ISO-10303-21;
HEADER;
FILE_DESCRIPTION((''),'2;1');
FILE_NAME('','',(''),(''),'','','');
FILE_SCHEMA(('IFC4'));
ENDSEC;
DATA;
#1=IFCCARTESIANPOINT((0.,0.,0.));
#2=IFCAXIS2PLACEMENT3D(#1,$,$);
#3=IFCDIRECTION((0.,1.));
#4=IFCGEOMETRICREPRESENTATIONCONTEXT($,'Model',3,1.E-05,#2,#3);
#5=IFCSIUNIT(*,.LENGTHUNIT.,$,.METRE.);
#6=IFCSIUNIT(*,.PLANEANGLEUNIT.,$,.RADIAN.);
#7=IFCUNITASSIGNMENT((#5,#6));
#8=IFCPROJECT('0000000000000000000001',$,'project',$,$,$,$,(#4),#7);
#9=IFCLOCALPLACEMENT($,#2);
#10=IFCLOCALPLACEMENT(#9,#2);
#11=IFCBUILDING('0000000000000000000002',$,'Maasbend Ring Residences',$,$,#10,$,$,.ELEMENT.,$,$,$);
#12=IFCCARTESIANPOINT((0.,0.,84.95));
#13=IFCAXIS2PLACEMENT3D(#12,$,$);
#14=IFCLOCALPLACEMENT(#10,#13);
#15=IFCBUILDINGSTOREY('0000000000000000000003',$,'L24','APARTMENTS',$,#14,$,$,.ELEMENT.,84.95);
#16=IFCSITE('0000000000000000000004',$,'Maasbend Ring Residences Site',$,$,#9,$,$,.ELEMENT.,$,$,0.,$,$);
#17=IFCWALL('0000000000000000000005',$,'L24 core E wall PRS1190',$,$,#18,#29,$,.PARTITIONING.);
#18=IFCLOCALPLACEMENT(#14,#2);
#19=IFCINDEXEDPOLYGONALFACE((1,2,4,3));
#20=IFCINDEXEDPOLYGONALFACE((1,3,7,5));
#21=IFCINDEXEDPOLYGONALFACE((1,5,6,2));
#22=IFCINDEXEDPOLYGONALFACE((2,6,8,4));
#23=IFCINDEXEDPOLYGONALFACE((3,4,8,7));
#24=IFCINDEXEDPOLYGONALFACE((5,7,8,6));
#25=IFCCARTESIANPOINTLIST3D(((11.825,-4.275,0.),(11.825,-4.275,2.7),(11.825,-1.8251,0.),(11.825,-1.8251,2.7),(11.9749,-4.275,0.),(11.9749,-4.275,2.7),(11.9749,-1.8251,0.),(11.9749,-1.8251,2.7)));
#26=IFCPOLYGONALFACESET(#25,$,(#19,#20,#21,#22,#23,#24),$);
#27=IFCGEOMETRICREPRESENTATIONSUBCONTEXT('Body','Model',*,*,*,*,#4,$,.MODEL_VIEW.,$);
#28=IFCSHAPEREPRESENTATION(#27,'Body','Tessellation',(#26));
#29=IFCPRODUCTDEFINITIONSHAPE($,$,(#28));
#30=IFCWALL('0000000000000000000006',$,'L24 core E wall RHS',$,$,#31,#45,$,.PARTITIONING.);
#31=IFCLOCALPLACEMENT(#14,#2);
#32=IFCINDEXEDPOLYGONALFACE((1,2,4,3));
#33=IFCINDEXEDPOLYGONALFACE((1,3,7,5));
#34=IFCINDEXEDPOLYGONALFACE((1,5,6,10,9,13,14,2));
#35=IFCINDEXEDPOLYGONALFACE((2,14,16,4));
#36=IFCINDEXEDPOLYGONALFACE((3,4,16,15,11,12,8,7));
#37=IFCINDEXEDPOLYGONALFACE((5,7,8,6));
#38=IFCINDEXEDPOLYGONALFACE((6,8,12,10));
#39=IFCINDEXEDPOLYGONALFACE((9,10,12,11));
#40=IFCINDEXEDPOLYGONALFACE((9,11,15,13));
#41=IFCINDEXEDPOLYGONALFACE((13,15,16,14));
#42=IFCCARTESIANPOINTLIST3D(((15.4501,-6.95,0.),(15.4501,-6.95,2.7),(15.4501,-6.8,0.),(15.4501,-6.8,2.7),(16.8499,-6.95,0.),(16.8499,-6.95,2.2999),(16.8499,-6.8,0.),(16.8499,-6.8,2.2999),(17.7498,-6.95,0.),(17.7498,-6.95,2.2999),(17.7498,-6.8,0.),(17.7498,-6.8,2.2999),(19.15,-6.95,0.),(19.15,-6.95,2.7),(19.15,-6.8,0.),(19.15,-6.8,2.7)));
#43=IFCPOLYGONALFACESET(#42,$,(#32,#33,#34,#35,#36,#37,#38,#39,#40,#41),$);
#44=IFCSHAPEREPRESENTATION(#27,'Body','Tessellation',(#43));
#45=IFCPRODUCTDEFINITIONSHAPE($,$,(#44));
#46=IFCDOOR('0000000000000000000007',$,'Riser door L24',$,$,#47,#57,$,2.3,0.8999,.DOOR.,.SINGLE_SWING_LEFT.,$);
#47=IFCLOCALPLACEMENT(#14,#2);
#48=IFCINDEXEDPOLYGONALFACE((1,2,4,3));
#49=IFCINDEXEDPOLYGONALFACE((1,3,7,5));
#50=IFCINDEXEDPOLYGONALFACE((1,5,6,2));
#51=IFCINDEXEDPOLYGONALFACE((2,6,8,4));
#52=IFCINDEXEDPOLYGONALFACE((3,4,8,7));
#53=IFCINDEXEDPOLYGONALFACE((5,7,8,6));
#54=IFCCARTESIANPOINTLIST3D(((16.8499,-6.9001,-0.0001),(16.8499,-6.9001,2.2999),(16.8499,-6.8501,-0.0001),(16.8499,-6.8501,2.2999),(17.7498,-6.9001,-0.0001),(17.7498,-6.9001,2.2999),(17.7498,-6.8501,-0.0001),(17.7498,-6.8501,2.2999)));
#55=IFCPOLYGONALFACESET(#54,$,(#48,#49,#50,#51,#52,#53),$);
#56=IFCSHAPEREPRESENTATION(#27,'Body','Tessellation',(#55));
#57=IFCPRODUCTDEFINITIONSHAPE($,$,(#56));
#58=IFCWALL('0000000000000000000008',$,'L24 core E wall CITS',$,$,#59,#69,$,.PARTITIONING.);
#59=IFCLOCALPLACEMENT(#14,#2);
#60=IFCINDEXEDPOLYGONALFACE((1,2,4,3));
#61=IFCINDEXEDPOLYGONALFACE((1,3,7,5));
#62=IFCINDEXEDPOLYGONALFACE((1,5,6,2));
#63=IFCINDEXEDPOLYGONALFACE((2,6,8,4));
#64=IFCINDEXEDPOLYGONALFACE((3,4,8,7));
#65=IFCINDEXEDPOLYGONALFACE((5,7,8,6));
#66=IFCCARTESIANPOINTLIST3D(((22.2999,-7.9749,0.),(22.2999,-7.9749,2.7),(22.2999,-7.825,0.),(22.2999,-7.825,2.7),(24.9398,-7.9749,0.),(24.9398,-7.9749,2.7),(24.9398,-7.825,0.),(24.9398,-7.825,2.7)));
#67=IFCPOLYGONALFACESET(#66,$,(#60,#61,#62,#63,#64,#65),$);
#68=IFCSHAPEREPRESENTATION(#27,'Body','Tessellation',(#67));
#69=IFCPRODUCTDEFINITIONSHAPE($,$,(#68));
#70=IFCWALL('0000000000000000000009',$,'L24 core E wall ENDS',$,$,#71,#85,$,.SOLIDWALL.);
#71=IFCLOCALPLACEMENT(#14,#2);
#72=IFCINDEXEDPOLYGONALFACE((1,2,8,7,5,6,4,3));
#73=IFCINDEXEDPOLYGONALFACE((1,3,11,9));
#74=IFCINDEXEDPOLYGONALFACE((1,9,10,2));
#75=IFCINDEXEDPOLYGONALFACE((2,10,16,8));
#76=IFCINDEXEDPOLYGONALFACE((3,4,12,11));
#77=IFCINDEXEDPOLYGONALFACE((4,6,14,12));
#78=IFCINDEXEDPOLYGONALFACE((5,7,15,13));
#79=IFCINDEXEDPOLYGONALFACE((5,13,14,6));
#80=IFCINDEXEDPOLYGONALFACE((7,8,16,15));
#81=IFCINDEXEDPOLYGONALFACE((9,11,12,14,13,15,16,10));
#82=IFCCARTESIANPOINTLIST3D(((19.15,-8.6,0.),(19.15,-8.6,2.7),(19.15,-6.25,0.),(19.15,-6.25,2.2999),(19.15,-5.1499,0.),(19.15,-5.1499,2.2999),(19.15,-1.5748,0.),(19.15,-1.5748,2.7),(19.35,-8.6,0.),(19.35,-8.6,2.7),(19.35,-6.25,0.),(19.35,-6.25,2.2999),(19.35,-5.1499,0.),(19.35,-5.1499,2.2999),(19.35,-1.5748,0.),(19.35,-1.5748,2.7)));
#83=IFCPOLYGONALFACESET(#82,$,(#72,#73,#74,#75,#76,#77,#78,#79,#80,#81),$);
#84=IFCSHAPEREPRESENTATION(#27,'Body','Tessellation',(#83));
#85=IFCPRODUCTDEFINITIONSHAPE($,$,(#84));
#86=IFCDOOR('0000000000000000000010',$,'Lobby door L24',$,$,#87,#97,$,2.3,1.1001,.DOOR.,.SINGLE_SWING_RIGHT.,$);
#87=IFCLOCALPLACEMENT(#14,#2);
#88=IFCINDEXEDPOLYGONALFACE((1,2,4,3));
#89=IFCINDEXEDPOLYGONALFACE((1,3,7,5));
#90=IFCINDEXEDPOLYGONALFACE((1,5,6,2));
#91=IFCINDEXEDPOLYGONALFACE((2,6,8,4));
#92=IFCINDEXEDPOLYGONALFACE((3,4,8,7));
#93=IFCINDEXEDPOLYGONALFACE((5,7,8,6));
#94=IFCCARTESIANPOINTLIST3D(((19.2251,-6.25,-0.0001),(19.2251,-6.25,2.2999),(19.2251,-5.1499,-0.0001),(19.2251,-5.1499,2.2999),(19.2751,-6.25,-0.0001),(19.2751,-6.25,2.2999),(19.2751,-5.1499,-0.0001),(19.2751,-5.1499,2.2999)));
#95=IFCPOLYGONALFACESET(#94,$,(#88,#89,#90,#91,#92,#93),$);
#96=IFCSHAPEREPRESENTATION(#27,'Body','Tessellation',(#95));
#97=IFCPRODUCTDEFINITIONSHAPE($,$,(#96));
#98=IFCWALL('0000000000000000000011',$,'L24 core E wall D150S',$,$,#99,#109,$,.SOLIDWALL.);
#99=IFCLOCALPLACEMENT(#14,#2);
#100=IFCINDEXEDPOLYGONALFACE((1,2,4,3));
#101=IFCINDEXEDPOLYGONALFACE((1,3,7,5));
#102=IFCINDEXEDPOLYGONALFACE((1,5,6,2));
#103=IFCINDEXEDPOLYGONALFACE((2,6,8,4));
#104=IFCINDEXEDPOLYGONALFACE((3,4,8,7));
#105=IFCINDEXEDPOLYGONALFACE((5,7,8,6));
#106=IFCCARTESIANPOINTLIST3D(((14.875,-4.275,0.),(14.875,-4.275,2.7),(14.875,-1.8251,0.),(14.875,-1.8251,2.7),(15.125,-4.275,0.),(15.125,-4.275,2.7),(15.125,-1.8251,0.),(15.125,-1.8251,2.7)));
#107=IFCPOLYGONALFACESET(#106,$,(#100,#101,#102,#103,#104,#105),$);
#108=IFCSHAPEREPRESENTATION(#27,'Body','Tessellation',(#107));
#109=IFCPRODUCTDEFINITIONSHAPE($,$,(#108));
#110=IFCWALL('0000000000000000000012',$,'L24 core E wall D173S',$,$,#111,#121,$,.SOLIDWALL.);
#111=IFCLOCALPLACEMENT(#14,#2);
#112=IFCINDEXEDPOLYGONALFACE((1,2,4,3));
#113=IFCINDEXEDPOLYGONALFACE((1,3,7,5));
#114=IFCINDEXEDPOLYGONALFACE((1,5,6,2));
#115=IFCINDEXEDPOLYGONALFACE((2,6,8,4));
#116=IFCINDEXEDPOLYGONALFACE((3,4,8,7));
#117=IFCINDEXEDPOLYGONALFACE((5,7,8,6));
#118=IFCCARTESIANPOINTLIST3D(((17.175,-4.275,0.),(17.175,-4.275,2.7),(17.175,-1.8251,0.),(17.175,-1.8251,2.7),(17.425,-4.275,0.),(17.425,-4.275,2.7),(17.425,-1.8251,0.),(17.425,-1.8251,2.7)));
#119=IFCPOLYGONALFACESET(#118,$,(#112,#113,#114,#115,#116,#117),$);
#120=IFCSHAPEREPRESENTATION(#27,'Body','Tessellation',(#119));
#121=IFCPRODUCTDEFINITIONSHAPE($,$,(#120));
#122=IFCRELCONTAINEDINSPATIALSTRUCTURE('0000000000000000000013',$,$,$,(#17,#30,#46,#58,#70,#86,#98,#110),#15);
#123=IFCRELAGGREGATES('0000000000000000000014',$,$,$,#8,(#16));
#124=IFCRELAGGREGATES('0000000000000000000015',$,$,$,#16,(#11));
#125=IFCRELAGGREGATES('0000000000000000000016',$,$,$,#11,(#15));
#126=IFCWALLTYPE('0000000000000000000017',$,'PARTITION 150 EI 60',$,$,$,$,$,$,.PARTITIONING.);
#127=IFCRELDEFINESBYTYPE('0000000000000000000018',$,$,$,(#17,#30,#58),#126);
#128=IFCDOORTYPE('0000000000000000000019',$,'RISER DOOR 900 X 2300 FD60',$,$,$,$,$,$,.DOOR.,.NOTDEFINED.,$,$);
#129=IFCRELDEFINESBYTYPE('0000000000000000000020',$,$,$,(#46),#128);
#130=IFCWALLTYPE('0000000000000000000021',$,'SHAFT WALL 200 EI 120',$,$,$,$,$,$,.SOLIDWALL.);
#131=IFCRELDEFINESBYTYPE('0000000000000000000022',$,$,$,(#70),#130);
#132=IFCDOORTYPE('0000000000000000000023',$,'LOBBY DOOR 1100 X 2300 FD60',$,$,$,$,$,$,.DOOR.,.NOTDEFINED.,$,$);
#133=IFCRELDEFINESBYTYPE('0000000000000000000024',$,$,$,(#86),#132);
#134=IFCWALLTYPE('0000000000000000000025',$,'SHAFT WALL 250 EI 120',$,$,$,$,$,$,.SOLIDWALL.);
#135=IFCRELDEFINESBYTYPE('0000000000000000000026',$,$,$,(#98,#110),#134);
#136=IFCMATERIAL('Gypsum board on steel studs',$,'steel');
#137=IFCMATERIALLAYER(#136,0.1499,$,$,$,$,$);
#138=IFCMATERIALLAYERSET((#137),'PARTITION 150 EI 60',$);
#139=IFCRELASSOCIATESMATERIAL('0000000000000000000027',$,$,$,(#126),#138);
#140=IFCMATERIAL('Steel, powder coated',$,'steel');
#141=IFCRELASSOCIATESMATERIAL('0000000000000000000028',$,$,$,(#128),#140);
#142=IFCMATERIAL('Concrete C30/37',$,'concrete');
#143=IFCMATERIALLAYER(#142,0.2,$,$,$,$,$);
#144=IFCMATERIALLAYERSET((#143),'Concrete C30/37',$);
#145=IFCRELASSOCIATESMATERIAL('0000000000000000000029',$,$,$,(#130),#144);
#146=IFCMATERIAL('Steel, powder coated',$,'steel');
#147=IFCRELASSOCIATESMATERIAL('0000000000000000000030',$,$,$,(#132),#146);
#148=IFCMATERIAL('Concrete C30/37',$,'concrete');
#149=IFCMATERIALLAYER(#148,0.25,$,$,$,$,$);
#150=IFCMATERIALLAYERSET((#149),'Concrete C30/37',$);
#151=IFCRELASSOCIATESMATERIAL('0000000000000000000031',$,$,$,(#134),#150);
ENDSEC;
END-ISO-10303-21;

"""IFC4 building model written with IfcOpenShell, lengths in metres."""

from ifc_helpers import new_model, si_unit, direction, frame, frame_2d, origin, place, context, subcontext, project, spatial, rectangle, extrude, material, layer, layer_set, type_object, element, fill, save


model = new_model("IFC4")

# Units and contexts
model_context = context("Model", 3, precision=1e-05, world=origin(), true_north=direction((0.0, 1.0)))
body_context = subcontext(model_context, "Body", "Model", "MODEL_VIEW")
ifc_project = project(units=[si_unit("LENGTHUNIT", "METRE"), si_unit("PLANEANGLEUNIT", "RADIAN")], contexts=[model_context])

# Site, building, storey
site_placement = place(None, origin())
site = spatial("IfcSite", under=ifc_project, at=site_placement, Name="Maasbend Ring Residences Site", CompositionType="ELEMENT", RefElevation=0.0)
building_placement = place(site_placement, origin())
building = spatial("IfcBuilding", under=site, at=building_placement, Name="Maasbend Ring Residences", CompositionType="ELEMENT")
storey_placement = place(building_placement, frame((0.0, 0.0, 84.95)))
storey = spatial("IfcBuildingStorey", under=building, at=storey_placement, Name="L24", Description="APARTMENTS", CompositionType="ELEMENT", Elevation=84.95)

# Wall
ifc_material_1 = material(Name="Gypsum board on steel studs", Category="steel")
ifc_layer_1 = layer(ifc_material_1, 0.1499)
ifc_layer_set_1 = layer_set([ifc_layer_1], Name="PARTITION 150 EI 60")
wall_type_1 = type_object("IfcWallType", Name="PARTITION 150 EI 60", PredefinedType="PARTITIONING", material=ifc_layer_set_1)
wall_1_placement = place(storey_placement, frame((11.8999, -1.825, 0.0), z_axis=(0.0, 0.0, 1.0), x_axis=(0.0, -1.0, 0.0)))
element("IfcWall", 1, at=wall_1_placement, inside=storey, type_object=wall_type_1, Name="L24 core E wall PRS1190", PredefinedType="PARTITIONING", context=body_context, shape_type="SweptSolid", body=[
    extrude(rectangle(XDim=2.45, YDim=0.1499, at=frame_2d((1.2251, 0.0))), origin(), (0.0, 0.0, 1.0), 2.7),
])

# Wall, opening, door
wall_2_placement = place(storey_placement, frame((15.45, -6.875, 0.0), z_axis=(0.0, 0.0, 1.0), x_axis=(1.0, 0.0, 0.0)))
wall_2 = element("IfcWall", 2, at=wall_2_placement, inside=storey, type_object=wall_type_1, Name="L24 core E wall RHS", PredefinedType="PARTITIONING", context=body_context, shape_type="SweptSolid", body=[
    extrude(rectangle(XDim=3.7, YDim=0.1499, at=frame_2d((1.8501, 0.0))), origin(), (0.0, 0.0, 1.0), 2.7),
])
opening_1_placement = place(wall_2_placement, frame((1.3999, 0.0, 0.0)))
opening_1 = element("IfcOpeningElement", 3, at=opening_1_placement, cuts=wall_2, PredefinedType="OPENING", context=body_context, shape_type="SweptSolid", body=[
    extrude(rectangle(XDim=0.8999, YDim=2.3, at=frame_2d((0.45, 1.1499))), frame((0.0, 0.085, 0.0), z_axis=(0.0, -1.0, 0.0), x_axis=(1.0, 0.0, 0.0)), (0.0, 0.0, 1.0), 0.1699),
])
ifc_material_2 = material(Name="Steel, powder coated", Category="steel")
door_type_1 = type_object("IfcDoorType", Name="RISER DOOR 900 X 2300 FD60", OperationType="NOTDEFINED", PredefinedType="DOOR", material=ifc_material_2)
door_1_placement = place(opening_1_placement, origin())
door_1 = element("IfcDoor", 4, at=door_1_placement, inside=storey, type_object=door_type_1, Name="Riser door L24", OperationType="SINGLE_SWING_LEFT", OverallHeight=2.3, OverallWidth=0.8999, PredefinedType="DOOR", context=body_context, shape_type="SweptSolid", body=[
    extrude(rectangle(XDim=0.8999, YDim=2.3, at=frame_2d((0.45, 1.1499))), frame((0.0, 0.0249, 0.0), z_axis=(0.0, -1.0, 0.0), x_axis=(1.0, 0.0, 0.0)), (0.0, 0.0, 1.0), 0.05),
])
fill(opening_1, door_1)

# Wall
wall_3_placement = place(storey_placement, frame((22.3, -7.8999, 0.0), z_axis=(0.0, 0.0, 1.0), x_axis=(1.0, 0.0, 0.0)))
element("IfcWall", 5, at=wall_3_placement, inside=storey, type_object=wall_type_1, Name="L24 core E wall CITS", PredefinedType="PARTITIONING", context=body_context, shape_type="SweptSolid", body=[
    extrude(rectangle(XDim=2.6399, YDim=0.1499, at=frame_2d((1.3198, 0.0))), origin(), (0.0, 0.0, 1.0), 2.7),
])

# Wall, opening, door
ifc_material_3 = material(Name="Concrete C30/37", Category="concrete")
ifc_layer_2 = layer(ifc_material_3, 0.2)
ifc_layer_set_2 = layer_set([ifc_layer_2], Name="Concrete C30/37")
wall_type_2 = type_object("IfcWallType", Name="SHAFT WALL 200 EI 120", PredefinedType="SOLIDWALL", material=ifc_layer_set_2)
wall_4_placement = place(storey_placement, frame((19.25, -8.6001, 0.0), z_axis=(0.0, 0.0, 1.0), x_axis=(0.0, 1.0, 0.0)))
wall_4 = element("IfcWall", 6, at=wall_4_placement, inside=storey, type_object=wall_type_2, Name="L24 core E wall ENDS", PredefinedType="SOLIDWALL", context=body_context, shape_type="SweptSolid", body=[
    extrude(rectangle(XDim=7.0251, YDim=0.2, at=frame_2d((3.5127, 0.0))), origin(), (0.0, 0.0, 1.0), 2.7),
])
opening_2_placement = place(wall_4_placement, frame((2.3501, 0.0, 0.0)))
opening_2 = element("IfcOpeningElement", 7, at=opening_2_placement, cuts=wall_4, PredefinedType="OPENING", context=body_context, shape_type="SweptSolid", body=[
    extrude(rectangle(XDim=1.1001, YDim=2.3, at=frame_2d((0.55, 1.1499))), frame((0.0, 0.1099, 0.0), z_axis=(0.0, -1.0, 0.0), x_axis=(1.0, 0.0, 0.0)), (0.0, 0.0, 1.0), 0.22),
])
ifc_material_4 = material(Name="Steel, powder coated", Category="steel")
door_type_2 = type_object("IfcDoorType", Name="LOBBY DOOR 1100 X 2300 FD60", OperationType="NOTDEFINED", PredefinedType="DOOR", material=ifc_material_4)
door_2_placement = place(opening_2_placement, origin())
door_2 = element("IfcDoor", 8, at=door_2_placement, inside=storey, type_object=door_type_2, Name="Lobby door L24", OperationType="SINGLE_SWING_RIGHT", OverallHeight=2.3, OverallWidth=1.1001, PredefinedType="DOOR", context=body_context, shape_type="SweptSolid", body=[
    extrude(rectangle(XDim=1.1001, YDim=2.3, at=frame_2d((0.55, 1.1499))), frame((0.0, 0.0249, 0.0), z_axis=(0.0, -1.0, 0.0), x_axis=(1.0, 0.0, 0.0)), (0.0, 0.0, 1.0), 0.05),
])
fill(opening_2, door_2)

# Walls
ifc_material_5 = material(Name="Concrete C30/37", Category="concrete")
ifc_layer_3 = layer(ifc_material_5, 0.25)
ifc_layer_set_3 = layer_set([ifc_layer_3], Name="Concrete C30/37")
wall_type_3 = type_object("IfcWallType", Name="SHAFT WALL 250 EI 120", PredefinedType="SOLIDWALL", material=ifc_layer_set_3)
for number, where, z_axis, x_axis, name in (
    (9, (15.0, -1.825, 0.0), (0.0, 0.0, 1.0), (0.0, -1.0, 0.0), "L24 core E wall D150S"),
    (10, (17.3, -1.825, 0.0), (0.0, 0.0, 1.0), (0.0, -1.0, 0.0), "L24 core E wall D173S"),
):
    element("IfcWall", number, at=place(storey_placement, frame(where, z_axis=z_axis, x_axis=x_axis)), inside=storey, type_object=wall_type_3, Name=name, PredefinedType="SOLIDWALL", context=body_context, shape_type="SweptSolid", body=[
        extrude(rectangle(XDim=2.45, YDim=0.25, at=frame_2d((1.2251, 0.0))), origin(), (0.0, 0.0, 1.0), 2.7),
    ])

save(model, "model.ifc")
